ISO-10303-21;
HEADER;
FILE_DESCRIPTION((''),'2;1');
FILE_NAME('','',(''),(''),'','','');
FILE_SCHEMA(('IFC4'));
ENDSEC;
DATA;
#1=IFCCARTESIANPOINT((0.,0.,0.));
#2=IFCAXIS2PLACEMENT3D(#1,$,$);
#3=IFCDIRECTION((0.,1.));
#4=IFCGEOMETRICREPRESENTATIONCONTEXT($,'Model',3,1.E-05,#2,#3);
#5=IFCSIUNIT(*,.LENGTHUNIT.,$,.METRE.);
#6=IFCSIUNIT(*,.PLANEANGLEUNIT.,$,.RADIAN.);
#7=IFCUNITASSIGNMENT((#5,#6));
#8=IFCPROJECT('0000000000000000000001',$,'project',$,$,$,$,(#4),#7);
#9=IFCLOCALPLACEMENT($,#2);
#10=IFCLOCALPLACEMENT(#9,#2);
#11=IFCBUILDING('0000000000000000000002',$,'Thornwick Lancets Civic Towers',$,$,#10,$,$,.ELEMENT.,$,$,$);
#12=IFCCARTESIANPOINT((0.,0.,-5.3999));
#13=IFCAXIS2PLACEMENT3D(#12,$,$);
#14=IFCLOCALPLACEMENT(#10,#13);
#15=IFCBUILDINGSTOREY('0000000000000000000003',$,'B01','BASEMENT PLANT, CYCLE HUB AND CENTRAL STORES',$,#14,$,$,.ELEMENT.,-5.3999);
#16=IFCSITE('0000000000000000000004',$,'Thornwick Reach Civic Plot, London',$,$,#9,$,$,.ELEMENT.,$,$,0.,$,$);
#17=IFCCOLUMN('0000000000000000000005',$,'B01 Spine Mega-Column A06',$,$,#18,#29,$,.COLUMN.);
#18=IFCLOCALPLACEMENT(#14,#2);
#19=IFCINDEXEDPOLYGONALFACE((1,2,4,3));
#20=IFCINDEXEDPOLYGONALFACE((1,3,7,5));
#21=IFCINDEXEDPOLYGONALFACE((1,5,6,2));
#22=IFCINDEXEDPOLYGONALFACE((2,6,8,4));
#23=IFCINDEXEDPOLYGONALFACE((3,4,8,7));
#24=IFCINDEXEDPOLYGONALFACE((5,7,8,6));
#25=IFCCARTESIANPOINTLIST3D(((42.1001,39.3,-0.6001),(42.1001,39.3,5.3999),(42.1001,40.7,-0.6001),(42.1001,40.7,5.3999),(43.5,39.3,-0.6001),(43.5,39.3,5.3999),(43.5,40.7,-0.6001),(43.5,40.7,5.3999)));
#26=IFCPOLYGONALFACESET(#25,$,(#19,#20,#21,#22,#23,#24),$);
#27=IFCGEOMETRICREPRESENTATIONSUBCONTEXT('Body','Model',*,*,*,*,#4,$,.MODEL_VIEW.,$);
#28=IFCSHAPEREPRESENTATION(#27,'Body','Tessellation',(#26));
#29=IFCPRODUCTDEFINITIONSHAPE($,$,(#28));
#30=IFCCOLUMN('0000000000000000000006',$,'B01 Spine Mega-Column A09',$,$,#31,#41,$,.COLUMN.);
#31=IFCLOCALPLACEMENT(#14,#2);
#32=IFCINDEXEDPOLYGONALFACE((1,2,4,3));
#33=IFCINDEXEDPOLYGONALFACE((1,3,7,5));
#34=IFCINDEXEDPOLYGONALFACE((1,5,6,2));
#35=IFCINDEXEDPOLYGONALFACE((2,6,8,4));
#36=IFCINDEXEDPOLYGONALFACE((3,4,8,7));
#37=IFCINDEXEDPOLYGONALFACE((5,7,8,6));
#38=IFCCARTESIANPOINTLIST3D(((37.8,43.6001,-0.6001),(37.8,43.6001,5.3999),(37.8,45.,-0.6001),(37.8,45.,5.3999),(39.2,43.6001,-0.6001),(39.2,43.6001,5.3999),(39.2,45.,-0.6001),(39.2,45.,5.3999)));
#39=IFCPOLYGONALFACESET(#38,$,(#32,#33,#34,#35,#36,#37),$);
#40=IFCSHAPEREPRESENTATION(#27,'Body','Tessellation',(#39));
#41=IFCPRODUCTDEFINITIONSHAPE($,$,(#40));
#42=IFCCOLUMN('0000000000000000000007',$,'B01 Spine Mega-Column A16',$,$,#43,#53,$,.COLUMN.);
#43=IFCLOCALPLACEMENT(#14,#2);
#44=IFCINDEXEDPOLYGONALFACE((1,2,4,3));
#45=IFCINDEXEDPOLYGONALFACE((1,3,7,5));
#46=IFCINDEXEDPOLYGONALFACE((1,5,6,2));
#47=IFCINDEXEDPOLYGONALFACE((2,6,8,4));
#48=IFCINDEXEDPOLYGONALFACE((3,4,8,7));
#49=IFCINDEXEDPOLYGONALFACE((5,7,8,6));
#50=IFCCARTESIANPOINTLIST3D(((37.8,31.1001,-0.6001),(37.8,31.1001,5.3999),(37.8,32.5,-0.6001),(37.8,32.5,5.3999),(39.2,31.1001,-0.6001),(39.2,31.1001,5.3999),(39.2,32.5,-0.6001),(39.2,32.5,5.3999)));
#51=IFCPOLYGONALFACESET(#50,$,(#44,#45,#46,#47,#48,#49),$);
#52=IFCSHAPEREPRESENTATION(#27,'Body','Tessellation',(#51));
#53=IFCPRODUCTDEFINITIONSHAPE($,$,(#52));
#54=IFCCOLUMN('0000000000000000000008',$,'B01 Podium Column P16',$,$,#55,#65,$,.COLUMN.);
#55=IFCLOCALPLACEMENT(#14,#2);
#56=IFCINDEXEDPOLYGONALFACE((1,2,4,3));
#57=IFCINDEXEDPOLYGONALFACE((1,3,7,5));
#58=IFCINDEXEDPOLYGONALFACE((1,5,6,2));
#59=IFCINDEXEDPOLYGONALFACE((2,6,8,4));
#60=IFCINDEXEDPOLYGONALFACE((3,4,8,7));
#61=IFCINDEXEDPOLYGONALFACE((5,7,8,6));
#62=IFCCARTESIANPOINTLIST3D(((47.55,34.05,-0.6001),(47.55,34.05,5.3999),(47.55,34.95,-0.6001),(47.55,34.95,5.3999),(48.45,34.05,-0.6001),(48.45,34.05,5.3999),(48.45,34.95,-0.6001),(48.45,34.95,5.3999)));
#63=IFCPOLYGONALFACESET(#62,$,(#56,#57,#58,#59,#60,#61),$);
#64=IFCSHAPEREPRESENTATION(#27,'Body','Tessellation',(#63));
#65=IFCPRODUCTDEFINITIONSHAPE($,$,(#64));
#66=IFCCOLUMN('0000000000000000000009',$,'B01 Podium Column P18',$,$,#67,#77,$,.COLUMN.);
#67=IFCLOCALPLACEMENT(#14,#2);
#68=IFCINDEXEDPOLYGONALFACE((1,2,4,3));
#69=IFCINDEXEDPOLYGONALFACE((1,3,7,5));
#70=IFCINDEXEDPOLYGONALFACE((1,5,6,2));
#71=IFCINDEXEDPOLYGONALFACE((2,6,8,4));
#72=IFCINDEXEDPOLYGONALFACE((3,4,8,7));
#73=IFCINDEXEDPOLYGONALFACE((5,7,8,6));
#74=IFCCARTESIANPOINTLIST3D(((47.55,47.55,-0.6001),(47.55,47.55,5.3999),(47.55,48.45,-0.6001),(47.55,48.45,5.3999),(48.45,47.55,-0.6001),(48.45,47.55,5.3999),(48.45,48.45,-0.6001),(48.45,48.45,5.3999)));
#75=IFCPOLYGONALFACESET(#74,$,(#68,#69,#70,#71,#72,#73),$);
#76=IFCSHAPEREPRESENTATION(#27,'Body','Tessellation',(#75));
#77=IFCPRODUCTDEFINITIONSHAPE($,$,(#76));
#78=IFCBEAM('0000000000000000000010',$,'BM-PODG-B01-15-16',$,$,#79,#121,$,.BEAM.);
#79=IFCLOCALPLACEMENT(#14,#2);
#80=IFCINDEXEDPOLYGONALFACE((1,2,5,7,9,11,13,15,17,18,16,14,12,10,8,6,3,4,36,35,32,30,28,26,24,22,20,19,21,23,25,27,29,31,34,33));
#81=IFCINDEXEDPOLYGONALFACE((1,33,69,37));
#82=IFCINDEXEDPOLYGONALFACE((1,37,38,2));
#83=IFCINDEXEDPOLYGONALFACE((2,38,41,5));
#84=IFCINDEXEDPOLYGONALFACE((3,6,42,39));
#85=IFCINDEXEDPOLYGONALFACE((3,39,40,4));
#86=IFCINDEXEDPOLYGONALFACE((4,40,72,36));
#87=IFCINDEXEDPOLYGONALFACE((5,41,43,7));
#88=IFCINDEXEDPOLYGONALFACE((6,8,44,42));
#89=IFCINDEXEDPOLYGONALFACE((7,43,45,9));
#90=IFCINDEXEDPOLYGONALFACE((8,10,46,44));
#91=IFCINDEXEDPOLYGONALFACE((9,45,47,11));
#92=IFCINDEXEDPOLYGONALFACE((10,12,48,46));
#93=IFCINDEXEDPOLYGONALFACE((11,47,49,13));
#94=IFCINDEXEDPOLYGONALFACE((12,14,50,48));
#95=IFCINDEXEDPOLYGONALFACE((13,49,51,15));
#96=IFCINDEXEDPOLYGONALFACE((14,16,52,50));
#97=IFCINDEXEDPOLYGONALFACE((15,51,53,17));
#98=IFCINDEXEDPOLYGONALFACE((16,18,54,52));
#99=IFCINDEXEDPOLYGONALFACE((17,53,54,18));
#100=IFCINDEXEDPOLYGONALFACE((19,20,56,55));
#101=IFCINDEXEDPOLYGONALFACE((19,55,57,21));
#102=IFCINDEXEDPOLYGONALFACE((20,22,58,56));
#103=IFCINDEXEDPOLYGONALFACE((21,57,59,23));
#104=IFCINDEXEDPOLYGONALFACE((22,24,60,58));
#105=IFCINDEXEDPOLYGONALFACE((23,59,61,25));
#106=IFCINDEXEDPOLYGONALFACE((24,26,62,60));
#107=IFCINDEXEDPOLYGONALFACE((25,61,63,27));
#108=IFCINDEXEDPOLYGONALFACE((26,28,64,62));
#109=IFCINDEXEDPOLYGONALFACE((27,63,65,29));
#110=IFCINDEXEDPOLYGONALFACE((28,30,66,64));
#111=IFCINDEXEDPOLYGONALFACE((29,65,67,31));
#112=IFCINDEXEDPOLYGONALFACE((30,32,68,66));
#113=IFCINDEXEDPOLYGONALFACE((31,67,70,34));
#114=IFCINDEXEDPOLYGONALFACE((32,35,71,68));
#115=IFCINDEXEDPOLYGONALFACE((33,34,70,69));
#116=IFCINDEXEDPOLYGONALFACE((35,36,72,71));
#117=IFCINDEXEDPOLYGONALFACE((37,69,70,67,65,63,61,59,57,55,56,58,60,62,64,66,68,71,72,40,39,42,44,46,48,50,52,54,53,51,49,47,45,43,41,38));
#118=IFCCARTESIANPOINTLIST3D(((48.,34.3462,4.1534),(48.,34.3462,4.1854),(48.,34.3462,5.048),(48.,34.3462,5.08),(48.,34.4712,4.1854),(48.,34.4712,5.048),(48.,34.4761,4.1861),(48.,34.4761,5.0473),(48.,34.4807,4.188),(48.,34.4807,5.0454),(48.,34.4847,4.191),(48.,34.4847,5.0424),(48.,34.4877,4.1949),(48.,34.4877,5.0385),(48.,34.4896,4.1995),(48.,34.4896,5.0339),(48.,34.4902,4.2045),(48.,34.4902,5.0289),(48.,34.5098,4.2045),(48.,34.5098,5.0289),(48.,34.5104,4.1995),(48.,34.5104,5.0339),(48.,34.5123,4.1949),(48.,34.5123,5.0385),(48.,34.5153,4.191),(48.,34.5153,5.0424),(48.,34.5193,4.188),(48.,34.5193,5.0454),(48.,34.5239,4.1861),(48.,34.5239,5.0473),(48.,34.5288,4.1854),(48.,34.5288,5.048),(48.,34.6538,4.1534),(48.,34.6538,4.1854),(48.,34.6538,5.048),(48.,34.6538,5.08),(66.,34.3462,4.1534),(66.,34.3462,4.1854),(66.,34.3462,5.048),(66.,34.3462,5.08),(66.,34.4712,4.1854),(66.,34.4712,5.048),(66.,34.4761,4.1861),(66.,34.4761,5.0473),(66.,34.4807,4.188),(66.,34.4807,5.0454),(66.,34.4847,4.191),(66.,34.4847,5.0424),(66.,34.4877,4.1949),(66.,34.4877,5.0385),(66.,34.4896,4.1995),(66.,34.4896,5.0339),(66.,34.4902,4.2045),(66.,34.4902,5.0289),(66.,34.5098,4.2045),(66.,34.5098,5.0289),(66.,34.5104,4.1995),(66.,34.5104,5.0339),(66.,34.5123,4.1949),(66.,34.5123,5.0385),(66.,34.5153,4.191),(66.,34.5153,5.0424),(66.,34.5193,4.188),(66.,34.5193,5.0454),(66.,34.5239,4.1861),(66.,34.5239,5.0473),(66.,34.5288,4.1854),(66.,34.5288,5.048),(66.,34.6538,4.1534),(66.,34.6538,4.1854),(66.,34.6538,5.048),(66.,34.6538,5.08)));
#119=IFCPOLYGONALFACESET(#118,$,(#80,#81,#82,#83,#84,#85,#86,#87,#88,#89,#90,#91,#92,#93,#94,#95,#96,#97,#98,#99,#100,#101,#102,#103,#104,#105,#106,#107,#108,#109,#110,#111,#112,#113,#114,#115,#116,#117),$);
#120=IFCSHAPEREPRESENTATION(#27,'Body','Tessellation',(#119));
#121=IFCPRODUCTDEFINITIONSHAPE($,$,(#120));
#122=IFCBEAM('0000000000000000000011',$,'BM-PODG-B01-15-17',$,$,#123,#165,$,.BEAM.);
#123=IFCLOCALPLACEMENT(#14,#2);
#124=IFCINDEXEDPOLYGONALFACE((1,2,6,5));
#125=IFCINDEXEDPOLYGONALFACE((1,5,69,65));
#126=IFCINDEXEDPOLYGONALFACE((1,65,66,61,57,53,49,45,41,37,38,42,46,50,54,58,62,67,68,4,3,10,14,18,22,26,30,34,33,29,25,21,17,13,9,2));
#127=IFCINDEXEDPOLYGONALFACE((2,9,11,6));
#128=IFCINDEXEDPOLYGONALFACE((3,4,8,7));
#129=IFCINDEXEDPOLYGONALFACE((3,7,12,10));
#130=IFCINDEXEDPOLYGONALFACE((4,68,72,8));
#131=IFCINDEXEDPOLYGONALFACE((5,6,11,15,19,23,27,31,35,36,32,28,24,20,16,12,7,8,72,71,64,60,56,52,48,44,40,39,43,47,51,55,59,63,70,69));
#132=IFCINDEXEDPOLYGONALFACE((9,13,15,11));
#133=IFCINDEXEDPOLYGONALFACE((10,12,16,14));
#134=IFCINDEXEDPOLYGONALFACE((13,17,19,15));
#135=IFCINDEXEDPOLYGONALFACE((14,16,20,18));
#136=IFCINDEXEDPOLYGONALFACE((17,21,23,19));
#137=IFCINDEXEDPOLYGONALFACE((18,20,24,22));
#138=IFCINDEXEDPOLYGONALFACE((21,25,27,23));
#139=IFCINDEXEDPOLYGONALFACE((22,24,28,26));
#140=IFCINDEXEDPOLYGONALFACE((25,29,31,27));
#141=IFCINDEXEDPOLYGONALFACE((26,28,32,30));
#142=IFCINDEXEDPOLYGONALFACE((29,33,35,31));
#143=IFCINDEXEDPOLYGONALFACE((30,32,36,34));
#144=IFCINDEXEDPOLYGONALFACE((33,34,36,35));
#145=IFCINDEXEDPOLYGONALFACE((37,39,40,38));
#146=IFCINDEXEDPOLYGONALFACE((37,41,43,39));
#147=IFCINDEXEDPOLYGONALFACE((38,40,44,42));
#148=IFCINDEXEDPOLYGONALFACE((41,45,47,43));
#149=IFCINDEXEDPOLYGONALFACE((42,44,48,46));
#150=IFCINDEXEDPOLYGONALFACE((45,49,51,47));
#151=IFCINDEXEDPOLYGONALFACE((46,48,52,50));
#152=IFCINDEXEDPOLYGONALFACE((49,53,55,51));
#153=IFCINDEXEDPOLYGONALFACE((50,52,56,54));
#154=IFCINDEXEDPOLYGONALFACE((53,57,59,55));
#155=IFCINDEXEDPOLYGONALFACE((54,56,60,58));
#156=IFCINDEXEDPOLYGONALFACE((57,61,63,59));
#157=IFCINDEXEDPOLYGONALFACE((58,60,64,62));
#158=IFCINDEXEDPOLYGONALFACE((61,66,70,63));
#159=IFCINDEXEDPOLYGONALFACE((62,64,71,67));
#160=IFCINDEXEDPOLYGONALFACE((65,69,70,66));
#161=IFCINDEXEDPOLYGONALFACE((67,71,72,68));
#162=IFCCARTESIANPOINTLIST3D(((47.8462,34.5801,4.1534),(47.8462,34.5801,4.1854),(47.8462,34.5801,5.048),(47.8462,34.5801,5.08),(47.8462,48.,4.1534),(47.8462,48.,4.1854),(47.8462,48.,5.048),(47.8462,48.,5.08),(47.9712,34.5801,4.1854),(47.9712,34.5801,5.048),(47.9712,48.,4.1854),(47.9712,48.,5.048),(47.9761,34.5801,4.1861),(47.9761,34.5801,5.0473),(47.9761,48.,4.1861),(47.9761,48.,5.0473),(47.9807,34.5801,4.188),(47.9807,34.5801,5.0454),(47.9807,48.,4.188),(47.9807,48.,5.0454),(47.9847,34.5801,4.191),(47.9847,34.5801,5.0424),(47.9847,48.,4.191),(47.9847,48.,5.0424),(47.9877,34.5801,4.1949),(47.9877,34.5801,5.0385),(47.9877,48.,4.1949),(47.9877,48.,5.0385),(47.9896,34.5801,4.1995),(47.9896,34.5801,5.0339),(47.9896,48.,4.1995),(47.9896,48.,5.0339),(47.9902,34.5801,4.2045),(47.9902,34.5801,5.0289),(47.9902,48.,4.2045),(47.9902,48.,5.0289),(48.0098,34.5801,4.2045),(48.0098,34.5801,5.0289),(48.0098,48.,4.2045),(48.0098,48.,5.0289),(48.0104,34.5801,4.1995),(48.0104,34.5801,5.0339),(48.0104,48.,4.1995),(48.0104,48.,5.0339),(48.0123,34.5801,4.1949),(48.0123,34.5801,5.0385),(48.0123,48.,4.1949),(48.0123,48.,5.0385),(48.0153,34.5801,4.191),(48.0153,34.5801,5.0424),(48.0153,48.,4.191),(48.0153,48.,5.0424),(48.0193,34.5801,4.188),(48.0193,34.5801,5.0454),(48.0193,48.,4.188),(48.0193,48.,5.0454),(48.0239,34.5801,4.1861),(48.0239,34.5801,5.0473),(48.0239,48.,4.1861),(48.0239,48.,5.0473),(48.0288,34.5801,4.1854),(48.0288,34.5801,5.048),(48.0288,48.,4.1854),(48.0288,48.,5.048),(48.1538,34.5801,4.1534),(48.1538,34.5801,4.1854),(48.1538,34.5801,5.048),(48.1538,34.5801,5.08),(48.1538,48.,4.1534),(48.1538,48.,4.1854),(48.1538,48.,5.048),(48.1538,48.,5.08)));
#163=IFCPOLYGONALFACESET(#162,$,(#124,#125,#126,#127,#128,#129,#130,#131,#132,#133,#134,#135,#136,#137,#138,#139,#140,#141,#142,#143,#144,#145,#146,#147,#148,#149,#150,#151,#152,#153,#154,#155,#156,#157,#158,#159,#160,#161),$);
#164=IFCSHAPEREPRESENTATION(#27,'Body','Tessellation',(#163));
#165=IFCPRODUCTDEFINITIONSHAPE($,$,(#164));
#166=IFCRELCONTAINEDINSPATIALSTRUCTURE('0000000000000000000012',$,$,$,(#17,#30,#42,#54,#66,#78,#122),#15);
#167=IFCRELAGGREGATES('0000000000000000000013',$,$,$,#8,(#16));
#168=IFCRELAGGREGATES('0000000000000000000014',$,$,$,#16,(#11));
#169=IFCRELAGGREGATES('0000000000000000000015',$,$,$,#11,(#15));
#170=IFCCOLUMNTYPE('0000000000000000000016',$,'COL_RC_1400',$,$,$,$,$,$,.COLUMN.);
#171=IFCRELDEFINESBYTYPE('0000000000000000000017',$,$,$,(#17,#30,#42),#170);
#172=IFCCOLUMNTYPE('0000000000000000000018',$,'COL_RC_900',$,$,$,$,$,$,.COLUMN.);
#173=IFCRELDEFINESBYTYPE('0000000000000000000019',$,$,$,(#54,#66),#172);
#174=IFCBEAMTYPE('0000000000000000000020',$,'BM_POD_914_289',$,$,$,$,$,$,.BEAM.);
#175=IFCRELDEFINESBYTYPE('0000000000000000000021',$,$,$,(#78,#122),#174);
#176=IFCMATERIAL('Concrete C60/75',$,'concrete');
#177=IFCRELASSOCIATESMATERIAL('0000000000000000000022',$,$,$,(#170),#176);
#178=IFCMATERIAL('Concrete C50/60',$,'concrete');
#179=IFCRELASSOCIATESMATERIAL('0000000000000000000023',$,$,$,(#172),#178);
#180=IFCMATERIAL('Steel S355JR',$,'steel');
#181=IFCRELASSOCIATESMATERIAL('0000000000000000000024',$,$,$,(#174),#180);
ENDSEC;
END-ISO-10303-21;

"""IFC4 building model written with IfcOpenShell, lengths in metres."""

from ifc_helpers import new_model, si_unit, direction, frame, origin, origin_2d, place, context, subcontext, project, spatial, rectangle, i_section, extrude, material, material_profile, profile_set, type_object, element, save


model = new_model("IFC4")

# Units and contexts
model_context = context("Model", 3, precision=1e-05, world=origin(), true_north=direction((0.0, 1.0)))
body_context = subcontext(model_context, "Body", "Model", "MODEL_VIEW")
ifc_project = project(units=[si_unit("LENGTHUNIT", "METRE"), si_unit("PLANEANGLEUNIT", "RADIAN")], contexts=[model_context])

# Site, building, storey
site_placement = place(None, origin())
site = spatial("IfcSite", under=ifc_project, at=site_placement, Name="Thornwick Reach Civic Plot, London", CompositionType="ELEMENT", RefElevation=0.0)
building_placement = place(site_placement, origin())
building = spatial("IfcBuilding", under=site, at=building_placement, Name="Thornwick Lancets Civic Towers", CompositionType="ELEMENT")
storey_placement = place(building_placement, frame((0.0, 0.0, -5.3999)))
storey = spatial("IfcBuildingStorey", under=building, at=storey_placement, Name="B01", Description="BASEMENT PLANT, CYCLE HUB AND CENTRAL STORES", CompositionType="ELEMENT", Elevation=-5.3999)

# Columns
ifc_material_1 = material(Name="Concrete C60/75", Category="concrete")
ifc_material_profile_1 = material_profile(ifc_material_1, rectangle(XDim=1.3999, YDim=1.3999, at=origin_2d()), Name="RC 1400x1400")
ifc_profile_set_1 = profile_set([ifc_material_profile_1], Name="Concrete C60/75")
column_type_1 = type_object("IfcColumnType", Name="COL_RC_1400", PredefinedType="COLUMN", material=ifc_profile_set_1)
for number, where, z_axis, x_axis, name in (
    (1, (42.8, 40.0, -0.6001), (0.0, 0.0, 1.0), (1.0, 0.0, 0.0), "B01 Spine Mega-Column A06"),
    (2, (38.5, 44.3, -0.6001), (0.0, 0.0, 1.0), (1.0, 0.0, 0.0), "B01 Spine Mega-Column A09"),
    (3, (38.5, 31.8, -0.6001), (0.0, 0.0, 1.0), (1.0, 0.0, 0.0), "B01 Spine Mega-Column A16"),
):
    element("IfcColumn", number, at=place(storey_placement, frame(where, z_axis=z_axis, x_axis=x_axis)), inside=storey, type_object=column_type_1, Name=name, PredefinedType="COLUMN", context=body_context, shape_type="SweptSolid", body=[
        extrude(rectangle(XDim=1.3999, YDim=1.3999, at=origin_2d()), origin(), (0.0, 0.0, 1.0), 6.0),
    ])
ifc_material_2 = material(Name="Concrete C50/60", Category="concrete")
ifc_material_profile_2 = material_profile(ifc_material_2, rectangle(XDim=0.8999, YDim=0.8999, at=origin_2d()), Name="RC 900x900")
ifc_profile_set_2 = profile_set([ifc_material_profile_2], Name="Concrete C50/60")
column_type_2 = type_object("IfcColumnType", Name="COL_RC_900", PredefinedType="COLUMN", material=ifc_profile_set_2)
for number, where, z_axis, x_axis, name in (
    (4, (48.0, 34.5, -0.6001), (0.0, 0.0, 1.0), (1.0, 0.0, 0.0), "B01 Podium Column P16"),
    (5, (48.0, 48.0, -0.6001), (0.0, 0.0, 1.0), (1.0, 0.0, 0.0), "B01 Podium Column P18"),
):
    element("IfcColumn", number, at=place(storey_placement, frame(where, z_axis=z_axis, x_axis=x_axis)), inside=storey, type_object=column_type_2, Name=name, PredefinedType="COLUMN", context=body_context, shape_type="SweptSolid", body=[
        extrude(rectangle(XDim=0.8999, YDim=0.8999, at=origin_2d()), origin(), (0.0, 0.0, 1.0), 6.0),
    ])

# Beams
ifc_material_3 = material(Name="Steel S355JR", Category="steel")
ifc_material_profile_3 = material_profile(ifc_material_3, i_section(OverallWidth=0.3076, OverallDepth=0.9265, WebThickness=0.0195, FlangeThickness=0.032, FilletRadius=0.019, at=origin_2d()), Name="UKB 914x305x289")
ifc_profile_set_3 = profile_set([ifc_material_profile_3], Name="Steel S355JR")
beam_type_1 = type_object("IfcBeamType", Name="BM_POD_914_289", PredefinedType="BEAM", material=ifc_profile_set_3)
beam_1_placement = place(storey_placement, frame((48.0, 34.5, 4.6167), z_axis=(1.0, 0.0, 0.0), x_axis=(0.0, 1.0, 0.0)))
element("IfcBeam", 6, at=beam_1_placement, inside=storey, type_object=beam_type_1, Name="BM-PODG-B01-15-16", PredefinedType="BEAM", context=body_context, shape_type="SweptSolid", body=[
    extrude(i_section(OverallWidth=0.3076, OverallDepth=0.9265, WebThickness=0.0195, FlangeThickness=0.032, FilletRadius=0.019, at=origin_2d()), origin(), (0.0, 0.0, 1.0), 18.0),
])
beam_2_placement = place(storey_placement, frame((48.0, 34.5801, 4.6167), z_axis=(0.0, 1.0, 0.0), x_axis=(-1.0, 0.0, 0.0)))
element("IfcBeam", 7, at=beam_2_placement, inside=storey, type_object=beam_type_1, Name="BM-PODG-B01-15-17", PredefinedType="BEAM", context=body_context, shape_type="SweptSolid", body=[
    extrude(i_section(OverallWidth=0.3076, OverallDepth=0.9265, WebThickness=0.0195, FlangeThickness=0.032, FilletRadius=0.019, at=origin_2d()), origin(), (0.0, 0.0, 1.0), 13.4199),
])

save(model, "model.ifc")
